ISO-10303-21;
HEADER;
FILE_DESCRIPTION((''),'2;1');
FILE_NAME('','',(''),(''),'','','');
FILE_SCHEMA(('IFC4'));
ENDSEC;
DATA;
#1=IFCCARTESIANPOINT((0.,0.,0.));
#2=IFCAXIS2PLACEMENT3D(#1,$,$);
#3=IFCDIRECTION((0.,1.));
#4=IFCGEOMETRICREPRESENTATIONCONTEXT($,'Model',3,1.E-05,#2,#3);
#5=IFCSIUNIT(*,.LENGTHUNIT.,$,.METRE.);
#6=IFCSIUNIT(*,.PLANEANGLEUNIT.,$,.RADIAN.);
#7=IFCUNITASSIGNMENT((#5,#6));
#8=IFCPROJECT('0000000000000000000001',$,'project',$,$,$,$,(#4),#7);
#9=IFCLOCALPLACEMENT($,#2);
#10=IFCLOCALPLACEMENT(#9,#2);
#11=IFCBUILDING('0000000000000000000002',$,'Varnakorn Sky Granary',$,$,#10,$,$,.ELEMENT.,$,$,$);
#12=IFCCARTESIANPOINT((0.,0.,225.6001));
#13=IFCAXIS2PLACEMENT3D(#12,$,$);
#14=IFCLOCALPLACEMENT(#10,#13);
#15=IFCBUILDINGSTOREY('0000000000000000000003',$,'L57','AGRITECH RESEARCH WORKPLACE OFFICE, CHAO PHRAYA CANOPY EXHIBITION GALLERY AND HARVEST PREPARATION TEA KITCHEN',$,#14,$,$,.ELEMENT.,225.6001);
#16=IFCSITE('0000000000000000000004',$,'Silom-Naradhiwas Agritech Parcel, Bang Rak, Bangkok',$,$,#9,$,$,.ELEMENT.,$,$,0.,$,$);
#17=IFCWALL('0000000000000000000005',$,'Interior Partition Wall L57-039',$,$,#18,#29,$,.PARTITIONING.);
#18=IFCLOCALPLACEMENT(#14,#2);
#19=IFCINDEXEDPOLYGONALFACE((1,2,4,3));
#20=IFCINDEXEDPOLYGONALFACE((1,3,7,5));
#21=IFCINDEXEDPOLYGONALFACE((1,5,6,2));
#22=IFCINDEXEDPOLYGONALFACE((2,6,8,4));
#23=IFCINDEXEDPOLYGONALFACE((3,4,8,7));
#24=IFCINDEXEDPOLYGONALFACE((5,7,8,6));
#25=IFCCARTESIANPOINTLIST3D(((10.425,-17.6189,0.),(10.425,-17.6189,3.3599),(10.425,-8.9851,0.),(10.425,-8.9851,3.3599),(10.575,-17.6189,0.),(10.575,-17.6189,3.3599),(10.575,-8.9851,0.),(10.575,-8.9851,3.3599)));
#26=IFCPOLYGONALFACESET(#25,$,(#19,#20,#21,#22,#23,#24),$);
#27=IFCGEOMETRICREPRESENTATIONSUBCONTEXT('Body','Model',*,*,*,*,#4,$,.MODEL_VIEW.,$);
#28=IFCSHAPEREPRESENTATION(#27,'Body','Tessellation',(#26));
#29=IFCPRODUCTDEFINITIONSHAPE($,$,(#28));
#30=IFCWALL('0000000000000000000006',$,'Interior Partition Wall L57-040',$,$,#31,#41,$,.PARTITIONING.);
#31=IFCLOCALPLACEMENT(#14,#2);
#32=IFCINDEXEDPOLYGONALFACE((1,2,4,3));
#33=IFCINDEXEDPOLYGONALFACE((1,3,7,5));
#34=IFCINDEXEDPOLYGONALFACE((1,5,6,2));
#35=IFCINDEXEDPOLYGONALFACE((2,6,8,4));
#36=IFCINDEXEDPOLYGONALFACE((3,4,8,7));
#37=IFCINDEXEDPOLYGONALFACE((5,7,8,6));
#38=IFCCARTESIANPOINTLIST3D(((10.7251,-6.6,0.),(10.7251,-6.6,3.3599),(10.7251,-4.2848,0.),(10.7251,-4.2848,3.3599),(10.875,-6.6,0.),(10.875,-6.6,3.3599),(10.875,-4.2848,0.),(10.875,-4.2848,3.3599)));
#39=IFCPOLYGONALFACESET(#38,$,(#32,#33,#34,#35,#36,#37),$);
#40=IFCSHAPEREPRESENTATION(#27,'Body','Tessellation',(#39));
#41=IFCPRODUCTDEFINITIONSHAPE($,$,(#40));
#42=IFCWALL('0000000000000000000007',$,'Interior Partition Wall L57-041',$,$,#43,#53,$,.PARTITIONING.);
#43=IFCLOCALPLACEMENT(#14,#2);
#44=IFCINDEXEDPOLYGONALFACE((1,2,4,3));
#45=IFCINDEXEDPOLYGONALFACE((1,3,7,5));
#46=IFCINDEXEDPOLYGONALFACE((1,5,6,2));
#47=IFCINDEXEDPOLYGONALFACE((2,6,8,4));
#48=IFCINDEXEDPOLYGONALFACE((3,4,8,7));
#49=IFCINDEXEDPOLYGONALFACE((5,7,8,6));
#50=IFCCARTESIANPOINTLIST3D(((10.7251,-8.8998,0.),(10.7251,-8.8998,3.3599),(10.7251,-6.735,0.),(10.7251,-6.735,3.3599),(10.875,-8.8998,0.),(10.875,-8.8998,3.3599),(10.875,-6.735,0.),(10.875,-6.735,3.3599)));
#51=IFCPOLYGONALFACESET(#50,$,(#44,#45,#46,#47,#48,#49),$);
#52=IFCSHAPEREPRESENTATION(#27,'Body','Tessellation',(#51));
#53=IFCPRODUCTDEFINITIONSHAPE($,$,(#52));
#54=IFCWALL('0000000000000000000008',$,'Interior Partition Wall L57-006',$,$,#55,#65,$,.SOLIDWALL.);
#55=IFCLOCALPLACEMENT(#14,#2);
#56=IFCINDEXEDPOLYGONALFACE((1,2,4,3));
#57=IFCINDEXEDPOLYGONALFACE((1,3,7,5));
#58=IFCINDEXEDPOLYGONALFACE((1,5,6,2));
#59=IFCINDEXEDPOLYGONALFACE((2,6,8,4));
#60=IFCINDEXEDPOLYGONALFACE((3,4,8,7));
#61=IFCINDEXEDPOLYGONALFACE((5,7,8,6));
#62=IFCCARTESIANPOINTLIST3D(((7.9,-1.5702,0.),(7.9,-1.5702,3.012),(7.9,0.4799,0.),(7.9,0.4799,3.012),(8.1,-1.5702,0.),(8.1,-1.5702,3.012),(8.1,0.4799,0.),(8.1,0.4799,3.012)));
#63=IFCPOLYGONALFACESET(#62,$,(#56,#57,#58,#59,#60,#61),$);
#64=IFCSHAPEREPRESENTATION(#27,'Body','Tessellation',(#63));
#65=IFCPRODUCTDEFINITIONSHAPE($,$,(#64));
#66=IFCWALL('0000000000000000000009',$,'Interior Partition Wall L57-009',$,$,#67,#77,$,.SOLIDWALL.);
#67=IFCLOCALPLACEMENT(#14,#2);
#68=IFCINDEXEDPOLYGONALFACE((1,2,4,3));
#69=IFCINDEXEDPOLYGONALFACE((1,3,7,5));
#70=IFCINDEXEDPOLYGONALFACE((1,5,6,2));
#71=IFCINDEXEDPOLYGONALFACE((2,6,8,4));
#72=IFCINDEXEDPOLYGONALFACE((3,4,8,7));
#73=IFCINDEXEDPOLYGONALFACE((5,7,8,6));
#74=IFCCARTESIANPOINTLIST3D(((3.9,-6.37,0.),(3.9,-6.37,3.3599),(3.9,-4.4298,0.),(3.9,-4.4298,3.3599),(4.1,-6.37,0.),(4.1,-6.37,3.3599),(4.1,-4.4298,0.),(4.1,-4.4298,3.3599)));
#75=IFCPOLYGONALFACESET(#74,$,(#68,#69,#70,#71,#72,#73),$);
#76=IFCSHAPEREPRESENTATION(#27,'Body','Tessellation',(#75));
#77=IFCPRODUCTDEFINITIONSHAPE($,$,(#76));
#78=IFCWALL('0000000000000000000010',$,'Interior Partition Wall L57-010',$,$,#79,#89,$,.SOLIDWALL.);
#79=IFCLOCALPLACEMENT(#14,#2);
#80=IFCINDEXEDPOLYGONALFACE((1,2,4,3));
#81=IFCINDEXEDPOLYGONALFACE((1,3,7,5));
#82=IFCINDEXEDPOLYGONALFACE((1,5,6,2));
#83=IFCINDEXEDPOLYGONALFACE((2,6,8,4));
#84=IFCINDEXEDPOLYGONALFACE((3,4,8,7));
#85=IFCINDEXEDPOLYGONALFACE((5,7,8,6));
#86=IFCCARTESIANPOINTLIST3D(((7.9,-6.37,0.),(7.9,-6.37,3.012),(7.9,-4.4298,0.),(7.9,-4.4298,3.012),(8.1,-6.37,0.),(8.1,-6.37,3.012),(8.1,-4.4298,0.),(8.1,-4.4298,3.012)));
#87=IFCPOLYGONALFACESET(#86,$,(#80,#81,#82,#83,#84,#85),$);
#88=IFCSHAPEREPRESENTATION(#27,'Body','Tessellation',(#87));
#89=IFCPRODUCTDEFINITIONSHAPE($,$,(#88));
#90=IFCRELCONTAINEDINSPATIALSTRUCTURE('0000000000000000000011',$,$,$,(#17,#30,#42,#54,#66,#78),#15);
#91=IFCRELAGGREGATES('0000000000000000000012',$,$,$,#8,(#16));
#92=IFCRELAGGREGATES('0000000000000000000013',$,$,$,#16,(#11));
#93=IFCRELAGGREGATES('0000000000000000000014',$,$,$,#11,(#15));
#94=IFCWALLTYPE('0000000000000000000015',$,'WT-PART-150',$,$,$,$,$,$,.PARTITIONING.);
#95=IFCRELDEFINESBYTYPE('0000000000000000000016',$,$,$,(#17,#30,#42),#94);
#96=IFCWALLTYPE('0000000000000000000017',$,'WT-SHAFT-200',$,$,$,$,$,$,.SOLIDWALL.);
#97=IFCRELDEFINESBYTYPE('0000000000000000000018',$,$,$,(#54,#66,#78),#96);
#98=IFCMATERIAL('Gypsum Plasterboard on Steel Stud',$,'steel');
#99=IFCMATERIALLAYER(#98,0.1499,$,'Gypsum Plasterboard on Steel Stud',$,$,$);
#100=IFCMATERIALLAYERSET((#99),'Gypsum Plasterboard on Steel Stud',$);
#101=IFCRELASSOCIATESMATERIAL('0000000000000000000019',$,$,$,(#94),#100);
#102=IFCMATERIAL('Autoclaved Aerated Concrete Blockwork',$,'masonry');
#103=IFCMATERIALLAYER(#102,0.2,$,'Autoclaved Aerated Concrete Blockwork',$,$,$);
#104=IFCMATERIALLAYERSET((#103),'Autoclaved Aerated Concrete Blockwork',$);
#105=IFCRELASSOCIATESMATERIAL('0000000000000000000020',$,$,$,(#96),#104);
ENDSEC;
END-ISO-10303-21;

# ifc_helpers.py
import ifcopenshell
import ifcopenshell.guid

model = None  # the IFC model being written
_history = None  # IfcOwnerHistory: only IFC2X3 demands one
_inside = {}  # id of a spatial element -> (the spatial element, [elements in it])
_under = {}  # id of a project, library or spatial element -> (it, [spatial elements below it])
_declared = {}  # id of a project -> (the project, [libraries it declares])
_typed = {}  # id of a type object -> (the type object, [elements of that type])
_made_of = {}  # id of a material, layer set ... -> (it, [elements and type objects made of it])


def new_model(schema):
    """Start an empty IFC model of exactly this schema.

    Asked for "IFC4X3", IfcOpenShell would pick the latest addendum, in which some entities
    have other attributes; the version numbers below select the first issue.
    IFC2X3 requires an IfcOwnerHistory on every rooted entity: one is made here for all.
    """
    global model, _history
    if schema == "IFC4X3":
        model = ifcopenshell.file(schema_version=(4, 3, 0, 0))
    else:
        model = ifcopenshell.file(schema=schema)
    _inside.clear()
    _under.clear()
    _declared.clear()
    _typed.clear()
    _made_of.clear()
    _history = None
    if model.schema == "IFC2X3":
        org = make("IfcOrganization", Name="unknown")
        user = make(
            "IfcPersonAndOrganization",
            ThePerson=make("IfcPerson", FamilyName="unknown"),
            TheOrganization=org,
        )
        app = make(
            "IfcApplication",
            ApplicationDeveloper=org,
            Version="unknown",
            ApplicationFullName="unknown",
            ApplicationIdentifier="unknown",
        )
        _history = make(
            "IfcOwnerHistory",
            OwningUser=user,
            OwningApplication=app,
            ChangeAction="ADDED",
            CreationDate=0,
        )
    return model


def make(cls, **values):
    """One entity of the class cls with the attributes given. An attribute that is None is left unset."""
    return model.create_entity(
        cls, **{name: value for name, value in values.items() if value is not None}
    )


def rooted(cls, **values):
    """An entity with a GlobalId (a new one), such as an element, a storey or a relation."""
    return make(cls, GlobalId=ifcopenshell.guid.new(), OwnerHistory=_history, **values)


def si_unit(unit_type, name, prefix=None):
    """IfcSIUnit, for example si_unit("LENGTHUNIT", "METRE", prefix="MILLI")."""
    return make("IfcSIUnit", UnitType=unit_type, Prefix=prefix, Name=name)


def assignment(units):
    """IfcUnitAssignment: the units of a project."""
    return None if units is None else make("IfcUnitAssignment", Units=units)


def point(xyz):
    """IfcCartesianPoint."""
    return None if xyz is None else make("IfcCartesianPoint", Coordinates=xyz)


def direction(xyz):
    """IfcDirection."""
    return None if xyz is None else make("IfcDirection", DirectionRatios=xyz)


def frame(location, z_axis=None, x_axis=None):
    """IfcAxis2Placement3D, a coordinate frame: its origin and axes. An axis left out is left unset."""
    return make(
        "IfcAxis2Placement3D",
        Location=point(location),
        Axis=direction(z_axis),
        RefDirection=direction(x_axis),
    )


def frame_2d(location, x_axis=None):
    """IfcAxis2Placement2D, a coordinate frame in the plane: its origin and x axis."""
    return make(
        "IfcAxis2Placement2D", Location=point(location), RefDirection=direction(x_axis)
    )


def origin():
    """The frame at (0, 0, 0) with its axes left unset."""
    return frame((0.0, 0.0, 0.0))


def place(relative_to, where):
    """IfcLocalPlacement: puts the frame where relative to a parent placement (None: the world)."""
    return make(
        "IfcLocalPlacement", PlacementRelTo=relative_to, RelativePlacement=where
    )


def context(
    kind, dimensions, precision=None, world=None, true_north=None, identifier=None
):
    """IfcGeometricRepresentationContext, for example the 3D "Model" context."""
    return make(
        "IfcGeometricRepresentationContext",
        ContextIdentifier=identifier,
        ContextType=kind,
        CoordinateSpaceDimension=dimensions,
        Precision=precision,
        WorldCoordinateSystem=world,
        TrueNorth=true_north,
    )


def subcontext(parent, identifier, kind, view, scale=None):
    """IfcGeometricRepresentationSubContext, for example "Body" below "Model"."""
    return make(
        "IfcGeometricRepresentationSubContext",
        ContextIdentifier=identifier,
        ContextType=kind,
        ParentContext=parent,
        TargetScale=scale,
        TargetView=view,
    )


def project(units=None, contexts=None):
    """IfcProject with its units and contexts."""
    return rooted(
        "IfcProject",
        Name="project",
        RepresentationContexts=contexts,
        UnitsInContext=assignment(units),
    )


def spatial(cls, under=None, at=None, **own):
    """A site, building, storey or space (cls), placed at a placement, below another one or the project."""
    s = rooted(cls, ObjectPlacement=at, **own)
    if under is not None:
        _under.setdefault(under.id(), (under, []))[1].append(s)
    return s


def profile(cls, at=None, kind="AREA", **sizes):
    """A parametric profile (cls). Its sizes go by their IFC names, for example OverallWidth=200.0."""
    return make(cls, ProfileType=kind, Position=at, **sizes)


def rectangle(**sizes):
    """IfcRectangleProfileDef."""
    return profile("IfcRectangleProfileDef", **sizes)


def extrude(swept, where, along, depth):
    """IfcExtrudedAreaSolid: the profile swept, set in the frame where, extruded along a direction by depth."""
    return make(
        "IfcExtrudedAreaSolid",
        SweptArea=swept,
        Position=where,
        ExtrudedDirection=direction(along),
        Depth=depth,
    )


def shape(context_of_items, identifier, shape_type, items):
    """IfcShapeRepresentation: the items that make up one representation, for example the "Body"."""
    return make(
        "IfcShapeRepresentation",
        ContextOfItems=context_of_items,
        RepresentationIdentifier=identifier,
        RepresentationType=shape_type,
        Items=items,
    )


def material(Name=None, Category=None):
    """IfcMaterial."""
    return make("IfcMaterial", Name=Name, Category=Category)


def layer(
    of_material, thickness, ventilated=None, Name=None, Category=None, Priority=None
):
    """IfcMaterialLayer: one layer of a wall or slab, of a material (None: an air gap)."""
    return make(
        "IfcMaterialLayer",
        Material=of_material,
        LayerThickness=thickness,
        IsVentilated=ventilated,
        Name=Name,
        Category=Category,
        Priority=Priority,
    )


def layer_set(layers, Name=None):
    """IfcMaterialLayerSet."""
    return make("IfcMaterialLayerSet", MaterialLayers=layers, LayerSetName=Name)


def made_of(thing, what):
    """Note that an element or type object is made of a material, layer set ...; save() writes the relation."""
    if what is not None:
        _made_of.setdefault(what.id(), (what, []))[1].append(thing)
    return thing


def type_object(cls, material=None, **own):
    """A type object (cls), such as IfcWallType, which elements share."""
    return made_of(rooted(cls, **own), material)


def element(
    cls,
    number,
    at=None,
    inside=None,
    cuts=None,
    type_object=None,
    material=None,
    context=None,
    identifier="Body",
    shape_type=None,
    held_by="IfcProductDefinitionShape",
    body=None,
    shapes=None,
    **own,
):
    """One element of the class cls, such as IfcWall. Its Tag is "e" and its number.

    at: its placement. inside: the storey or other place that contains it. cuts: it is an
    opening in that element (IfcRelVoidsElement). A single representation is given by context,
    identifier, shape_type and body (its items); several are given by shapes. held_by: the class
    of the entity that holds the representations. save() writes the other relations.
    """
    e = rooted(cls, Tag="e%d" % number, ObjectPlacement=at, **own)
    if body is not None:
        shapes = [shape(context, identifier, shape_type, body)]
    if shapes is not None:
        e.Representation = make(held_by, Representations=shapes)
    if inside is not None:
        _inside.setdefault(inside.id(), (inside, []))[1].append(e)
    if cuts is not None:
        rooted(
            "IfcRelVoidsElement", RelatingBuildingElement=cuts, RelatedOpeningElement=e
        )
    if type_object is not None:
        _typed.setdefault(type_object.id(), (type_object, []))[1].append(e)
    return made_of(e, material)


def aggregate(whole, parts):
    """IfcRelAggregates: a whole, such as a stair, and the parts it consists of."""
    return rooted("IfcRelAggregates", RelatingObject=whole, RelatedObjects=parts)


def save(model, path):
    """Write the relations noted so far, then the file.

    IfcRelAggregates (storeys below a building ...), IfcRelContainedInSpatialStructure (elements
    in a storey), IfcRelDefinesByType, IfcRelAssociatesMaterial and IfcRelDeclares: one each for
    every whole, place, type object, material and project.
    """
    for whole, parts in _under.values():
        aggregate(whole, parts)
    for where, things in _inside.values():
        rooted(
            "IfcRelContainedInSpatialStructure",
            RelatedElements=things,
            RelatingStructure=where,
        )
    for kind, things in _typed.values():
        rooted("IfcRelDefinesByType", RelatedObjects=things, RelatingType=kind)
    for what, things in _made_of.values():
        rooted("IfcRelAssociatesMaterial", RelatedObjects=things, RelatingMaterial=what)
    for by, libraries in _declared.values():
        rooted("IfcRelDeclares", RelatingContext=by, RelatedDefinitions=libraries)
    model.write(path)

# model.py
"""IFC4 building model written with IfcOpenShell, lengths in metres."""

from ifc_helpers import new_model, si_unit, direction, frame, frame_2d, origin, place, context, subcontext, project, spatial, rectangle, extrude, material, layer, layer_set, type_object, element, save


model = new_model("IFC4")

# Units and contexts
model_context = context("Model", 3, precision=1e-05, world=origin(), true_north=direction((0.0, 1.0)))
body_context = subcontext(model_context, "Body", "Model", "MODEL_VIEW")
ifc_project = project(units=[si_unit("LENGTHUNIT", "METRE"), si_unit("PLANEANGLEUNIT", "RADIAN")], contexts=[model_context])

# Site, building, storey
site_placement = place(None, origin())
site = spatial("IfcSite", under=ifc_project, at=site_placement, Name="Silom-Naradhiwas Agritech Parcel, Bang Rak, Bangkok", CompositionType="ELEMENT", RefElevation=0.0)
building_placement = place(site_placement, origin())
building = spatial("IfcBuilding", under=site, at=building_placement, Name="Varnakorn Sky Granary", CompositionType="ELEMENT")
storey_placement = place(building_placement, frame((0.0, 0.0, 225.6001)))
storey = spatial("IfcBuildingStorey", under=building, at=storey_placement, Name="L57", Description="AGRITECH RESEARCH WORKPLACE OFFICE, CHAO PHRAYA CANOPY EXHIBITION GALLERY AND HARVEST PREPARATION TEA KITCHEN", CompositionType="ELEMENT", Elevation=225.6001)

# Shared definitions
ifc_material_1 = material(Name="Autoclaved Aerated Concrete Blockwork", Category="masonry")
ifc_material_2 = material(Name="Gypsum Plasterboard on Steel Stud", Category="steel")
ifc_layer_1 = layer(ifc_material_2, 0.1499, Name="Gypsum Plasterboard on Steel Stud")
ifc_layer_set_1 = layer_set([ifc_layer_1], Name="Gypsum Plasterboard on Steel Stud")
wall_type_1 = type_object("IfcWallType", Name="WT-PART-150", PredefinedType="PARTITIONING", material=ifc_layer_set_1)

# Walls
wall_1_placement = place(storey_placement, frame((10.5, -8.9851, 0.0), z_axis=(0.0, 0.0, 1.0), x_axis=(0.0, -1.0, 0.0)))
element("IfcWall", 1, at=wall_1_placement, inside=storey, type_object=wall_type_1, Name="Interior Partition Wall L57-039", PredefinedType="PARTITIONING", context=body_context, shape_type="SweptSolid", body=[
    extrude(rectangle(XDim=8.6338, YDim=0.1499, at=frame_2d((4.3169, 0.0))), origin(), (0.0, 0.0, 1.0), 3.3599),
])
wall_2_placement = place(storey_placement, frame((10.8, -6.6001, 0.0), z_axis=(0.0, 0.0, 1.0), x_axis=(0.0, 1.0, 0.0)))
element("IfcWall", 2, at=wall_2_placement, inside=storey, type_object=wall_type_1, Name="Interior Partition Wall L57-040", PredefinedType="PARTITIONING", context=body_context, shape_type="SweptSolid", body=[
    extrude(rectangle(XDim=2.3152, YDim=0.1499, at=frame_2d((1.1577, 0.0))), origin(), (0.0, 0.0, 1.0), 3.3599),
])
wall_3_placement = place(storey_placement, frame((10.8, -8.8999, 0.0), z_axis=(0.0, 0.0, 1.0), x_axis=(0.0, 1.0, 0.0)))
element("IfcWall", 3, at=wall_3_placement, inside=storey, type_object=wall_type_1, Name="Interior Partition Wall L57-041", PredefinedType="PARTITIONING", context=body_context, shape_type="SweptSolid", body=[
    extrude(rectangle(XDim=2.1648, YDim=0.1499, at=frame_2d((1.0825, 0.0))), origin(), (0.0, 0.0, 1.0), 3.3599),
])
ifc_layer_2 = layer(ifc_material_1, 0.2, Name="Autoclaved Aerated Concrete Blockwork")
ifc_layer_set_2 = layer_set([ifc_layer_2], Name="Autoclaved Aerated Concrete Blockwork")
wall_type_2 = type_object("IfcWallType", Name="WT-SHAFT-200", PredefinedType="SOLIDWALL", material=ifc_layer_set_2)
wall_4_placement = place(storey_placement, frame((8.0, -1.5701, 0.0), z_axis=(0.0, 0.0, 1.0), x_axis=(0.0, 1.0, 0.0)))
element("IfcWall", 4, at=wall_4_placement, inside=storey, type_object=wall_type_2, Name="Interior Partition Wall L57-006", PredefinedType="SOLIDWALL", context=body_context, shape_type="SweptSolid", body=[
    extrude(rectangle(XDim=2.05, YDim=0.2, at=frame_2d((1.0249, 0.0))), origin(), (0.0, 0.0, 1.0), 3.012),
])
wall_5_placement = place(storey_placement, frame((4.0, -6.3701, 0.0), z_axis=(0.0, 0.0, 1.0), x_axis=(0.0, 1.0, 0.0)))
element("IfcWall", 5, at=wall_5_placement, inside=storey, type_object=wall_type_2, Name="Interior Partition Wall L57-009", PredefinedType="SOLIDWALL", context=body_context, shape_type="SweptSolid", body=[
    extrude(rectangle(XDim=1.9402, YDim=0.2, at=frame_2d((0.9702, 0.0))), origin(), (0.0, 0.0, 1.0), 3.3599),
])
wall_6_placement = place(storey_placement, frame((8.0, -6.3701, 0.0), z_axis=(0.0, 0.0, 1.0), x_axis=(0.0, 1.0, 0.0)))
element("IfcWall", 6, at=wall_6_placement, inside=storey, type_object=wall_type_2, Name="Interior Partition Wall L57-010", PredefinedType="SOLIDWALL", context=body_context, shape_type="SweptSolid", body=[
    extrude(rectangle(XDim=1.9402, YDim=0.2, at=frame_2d((0.9702, 0.0))), origin(), (0.0, 0.0, 1.0), 3.012),
])

save(model, "model.ifc")
